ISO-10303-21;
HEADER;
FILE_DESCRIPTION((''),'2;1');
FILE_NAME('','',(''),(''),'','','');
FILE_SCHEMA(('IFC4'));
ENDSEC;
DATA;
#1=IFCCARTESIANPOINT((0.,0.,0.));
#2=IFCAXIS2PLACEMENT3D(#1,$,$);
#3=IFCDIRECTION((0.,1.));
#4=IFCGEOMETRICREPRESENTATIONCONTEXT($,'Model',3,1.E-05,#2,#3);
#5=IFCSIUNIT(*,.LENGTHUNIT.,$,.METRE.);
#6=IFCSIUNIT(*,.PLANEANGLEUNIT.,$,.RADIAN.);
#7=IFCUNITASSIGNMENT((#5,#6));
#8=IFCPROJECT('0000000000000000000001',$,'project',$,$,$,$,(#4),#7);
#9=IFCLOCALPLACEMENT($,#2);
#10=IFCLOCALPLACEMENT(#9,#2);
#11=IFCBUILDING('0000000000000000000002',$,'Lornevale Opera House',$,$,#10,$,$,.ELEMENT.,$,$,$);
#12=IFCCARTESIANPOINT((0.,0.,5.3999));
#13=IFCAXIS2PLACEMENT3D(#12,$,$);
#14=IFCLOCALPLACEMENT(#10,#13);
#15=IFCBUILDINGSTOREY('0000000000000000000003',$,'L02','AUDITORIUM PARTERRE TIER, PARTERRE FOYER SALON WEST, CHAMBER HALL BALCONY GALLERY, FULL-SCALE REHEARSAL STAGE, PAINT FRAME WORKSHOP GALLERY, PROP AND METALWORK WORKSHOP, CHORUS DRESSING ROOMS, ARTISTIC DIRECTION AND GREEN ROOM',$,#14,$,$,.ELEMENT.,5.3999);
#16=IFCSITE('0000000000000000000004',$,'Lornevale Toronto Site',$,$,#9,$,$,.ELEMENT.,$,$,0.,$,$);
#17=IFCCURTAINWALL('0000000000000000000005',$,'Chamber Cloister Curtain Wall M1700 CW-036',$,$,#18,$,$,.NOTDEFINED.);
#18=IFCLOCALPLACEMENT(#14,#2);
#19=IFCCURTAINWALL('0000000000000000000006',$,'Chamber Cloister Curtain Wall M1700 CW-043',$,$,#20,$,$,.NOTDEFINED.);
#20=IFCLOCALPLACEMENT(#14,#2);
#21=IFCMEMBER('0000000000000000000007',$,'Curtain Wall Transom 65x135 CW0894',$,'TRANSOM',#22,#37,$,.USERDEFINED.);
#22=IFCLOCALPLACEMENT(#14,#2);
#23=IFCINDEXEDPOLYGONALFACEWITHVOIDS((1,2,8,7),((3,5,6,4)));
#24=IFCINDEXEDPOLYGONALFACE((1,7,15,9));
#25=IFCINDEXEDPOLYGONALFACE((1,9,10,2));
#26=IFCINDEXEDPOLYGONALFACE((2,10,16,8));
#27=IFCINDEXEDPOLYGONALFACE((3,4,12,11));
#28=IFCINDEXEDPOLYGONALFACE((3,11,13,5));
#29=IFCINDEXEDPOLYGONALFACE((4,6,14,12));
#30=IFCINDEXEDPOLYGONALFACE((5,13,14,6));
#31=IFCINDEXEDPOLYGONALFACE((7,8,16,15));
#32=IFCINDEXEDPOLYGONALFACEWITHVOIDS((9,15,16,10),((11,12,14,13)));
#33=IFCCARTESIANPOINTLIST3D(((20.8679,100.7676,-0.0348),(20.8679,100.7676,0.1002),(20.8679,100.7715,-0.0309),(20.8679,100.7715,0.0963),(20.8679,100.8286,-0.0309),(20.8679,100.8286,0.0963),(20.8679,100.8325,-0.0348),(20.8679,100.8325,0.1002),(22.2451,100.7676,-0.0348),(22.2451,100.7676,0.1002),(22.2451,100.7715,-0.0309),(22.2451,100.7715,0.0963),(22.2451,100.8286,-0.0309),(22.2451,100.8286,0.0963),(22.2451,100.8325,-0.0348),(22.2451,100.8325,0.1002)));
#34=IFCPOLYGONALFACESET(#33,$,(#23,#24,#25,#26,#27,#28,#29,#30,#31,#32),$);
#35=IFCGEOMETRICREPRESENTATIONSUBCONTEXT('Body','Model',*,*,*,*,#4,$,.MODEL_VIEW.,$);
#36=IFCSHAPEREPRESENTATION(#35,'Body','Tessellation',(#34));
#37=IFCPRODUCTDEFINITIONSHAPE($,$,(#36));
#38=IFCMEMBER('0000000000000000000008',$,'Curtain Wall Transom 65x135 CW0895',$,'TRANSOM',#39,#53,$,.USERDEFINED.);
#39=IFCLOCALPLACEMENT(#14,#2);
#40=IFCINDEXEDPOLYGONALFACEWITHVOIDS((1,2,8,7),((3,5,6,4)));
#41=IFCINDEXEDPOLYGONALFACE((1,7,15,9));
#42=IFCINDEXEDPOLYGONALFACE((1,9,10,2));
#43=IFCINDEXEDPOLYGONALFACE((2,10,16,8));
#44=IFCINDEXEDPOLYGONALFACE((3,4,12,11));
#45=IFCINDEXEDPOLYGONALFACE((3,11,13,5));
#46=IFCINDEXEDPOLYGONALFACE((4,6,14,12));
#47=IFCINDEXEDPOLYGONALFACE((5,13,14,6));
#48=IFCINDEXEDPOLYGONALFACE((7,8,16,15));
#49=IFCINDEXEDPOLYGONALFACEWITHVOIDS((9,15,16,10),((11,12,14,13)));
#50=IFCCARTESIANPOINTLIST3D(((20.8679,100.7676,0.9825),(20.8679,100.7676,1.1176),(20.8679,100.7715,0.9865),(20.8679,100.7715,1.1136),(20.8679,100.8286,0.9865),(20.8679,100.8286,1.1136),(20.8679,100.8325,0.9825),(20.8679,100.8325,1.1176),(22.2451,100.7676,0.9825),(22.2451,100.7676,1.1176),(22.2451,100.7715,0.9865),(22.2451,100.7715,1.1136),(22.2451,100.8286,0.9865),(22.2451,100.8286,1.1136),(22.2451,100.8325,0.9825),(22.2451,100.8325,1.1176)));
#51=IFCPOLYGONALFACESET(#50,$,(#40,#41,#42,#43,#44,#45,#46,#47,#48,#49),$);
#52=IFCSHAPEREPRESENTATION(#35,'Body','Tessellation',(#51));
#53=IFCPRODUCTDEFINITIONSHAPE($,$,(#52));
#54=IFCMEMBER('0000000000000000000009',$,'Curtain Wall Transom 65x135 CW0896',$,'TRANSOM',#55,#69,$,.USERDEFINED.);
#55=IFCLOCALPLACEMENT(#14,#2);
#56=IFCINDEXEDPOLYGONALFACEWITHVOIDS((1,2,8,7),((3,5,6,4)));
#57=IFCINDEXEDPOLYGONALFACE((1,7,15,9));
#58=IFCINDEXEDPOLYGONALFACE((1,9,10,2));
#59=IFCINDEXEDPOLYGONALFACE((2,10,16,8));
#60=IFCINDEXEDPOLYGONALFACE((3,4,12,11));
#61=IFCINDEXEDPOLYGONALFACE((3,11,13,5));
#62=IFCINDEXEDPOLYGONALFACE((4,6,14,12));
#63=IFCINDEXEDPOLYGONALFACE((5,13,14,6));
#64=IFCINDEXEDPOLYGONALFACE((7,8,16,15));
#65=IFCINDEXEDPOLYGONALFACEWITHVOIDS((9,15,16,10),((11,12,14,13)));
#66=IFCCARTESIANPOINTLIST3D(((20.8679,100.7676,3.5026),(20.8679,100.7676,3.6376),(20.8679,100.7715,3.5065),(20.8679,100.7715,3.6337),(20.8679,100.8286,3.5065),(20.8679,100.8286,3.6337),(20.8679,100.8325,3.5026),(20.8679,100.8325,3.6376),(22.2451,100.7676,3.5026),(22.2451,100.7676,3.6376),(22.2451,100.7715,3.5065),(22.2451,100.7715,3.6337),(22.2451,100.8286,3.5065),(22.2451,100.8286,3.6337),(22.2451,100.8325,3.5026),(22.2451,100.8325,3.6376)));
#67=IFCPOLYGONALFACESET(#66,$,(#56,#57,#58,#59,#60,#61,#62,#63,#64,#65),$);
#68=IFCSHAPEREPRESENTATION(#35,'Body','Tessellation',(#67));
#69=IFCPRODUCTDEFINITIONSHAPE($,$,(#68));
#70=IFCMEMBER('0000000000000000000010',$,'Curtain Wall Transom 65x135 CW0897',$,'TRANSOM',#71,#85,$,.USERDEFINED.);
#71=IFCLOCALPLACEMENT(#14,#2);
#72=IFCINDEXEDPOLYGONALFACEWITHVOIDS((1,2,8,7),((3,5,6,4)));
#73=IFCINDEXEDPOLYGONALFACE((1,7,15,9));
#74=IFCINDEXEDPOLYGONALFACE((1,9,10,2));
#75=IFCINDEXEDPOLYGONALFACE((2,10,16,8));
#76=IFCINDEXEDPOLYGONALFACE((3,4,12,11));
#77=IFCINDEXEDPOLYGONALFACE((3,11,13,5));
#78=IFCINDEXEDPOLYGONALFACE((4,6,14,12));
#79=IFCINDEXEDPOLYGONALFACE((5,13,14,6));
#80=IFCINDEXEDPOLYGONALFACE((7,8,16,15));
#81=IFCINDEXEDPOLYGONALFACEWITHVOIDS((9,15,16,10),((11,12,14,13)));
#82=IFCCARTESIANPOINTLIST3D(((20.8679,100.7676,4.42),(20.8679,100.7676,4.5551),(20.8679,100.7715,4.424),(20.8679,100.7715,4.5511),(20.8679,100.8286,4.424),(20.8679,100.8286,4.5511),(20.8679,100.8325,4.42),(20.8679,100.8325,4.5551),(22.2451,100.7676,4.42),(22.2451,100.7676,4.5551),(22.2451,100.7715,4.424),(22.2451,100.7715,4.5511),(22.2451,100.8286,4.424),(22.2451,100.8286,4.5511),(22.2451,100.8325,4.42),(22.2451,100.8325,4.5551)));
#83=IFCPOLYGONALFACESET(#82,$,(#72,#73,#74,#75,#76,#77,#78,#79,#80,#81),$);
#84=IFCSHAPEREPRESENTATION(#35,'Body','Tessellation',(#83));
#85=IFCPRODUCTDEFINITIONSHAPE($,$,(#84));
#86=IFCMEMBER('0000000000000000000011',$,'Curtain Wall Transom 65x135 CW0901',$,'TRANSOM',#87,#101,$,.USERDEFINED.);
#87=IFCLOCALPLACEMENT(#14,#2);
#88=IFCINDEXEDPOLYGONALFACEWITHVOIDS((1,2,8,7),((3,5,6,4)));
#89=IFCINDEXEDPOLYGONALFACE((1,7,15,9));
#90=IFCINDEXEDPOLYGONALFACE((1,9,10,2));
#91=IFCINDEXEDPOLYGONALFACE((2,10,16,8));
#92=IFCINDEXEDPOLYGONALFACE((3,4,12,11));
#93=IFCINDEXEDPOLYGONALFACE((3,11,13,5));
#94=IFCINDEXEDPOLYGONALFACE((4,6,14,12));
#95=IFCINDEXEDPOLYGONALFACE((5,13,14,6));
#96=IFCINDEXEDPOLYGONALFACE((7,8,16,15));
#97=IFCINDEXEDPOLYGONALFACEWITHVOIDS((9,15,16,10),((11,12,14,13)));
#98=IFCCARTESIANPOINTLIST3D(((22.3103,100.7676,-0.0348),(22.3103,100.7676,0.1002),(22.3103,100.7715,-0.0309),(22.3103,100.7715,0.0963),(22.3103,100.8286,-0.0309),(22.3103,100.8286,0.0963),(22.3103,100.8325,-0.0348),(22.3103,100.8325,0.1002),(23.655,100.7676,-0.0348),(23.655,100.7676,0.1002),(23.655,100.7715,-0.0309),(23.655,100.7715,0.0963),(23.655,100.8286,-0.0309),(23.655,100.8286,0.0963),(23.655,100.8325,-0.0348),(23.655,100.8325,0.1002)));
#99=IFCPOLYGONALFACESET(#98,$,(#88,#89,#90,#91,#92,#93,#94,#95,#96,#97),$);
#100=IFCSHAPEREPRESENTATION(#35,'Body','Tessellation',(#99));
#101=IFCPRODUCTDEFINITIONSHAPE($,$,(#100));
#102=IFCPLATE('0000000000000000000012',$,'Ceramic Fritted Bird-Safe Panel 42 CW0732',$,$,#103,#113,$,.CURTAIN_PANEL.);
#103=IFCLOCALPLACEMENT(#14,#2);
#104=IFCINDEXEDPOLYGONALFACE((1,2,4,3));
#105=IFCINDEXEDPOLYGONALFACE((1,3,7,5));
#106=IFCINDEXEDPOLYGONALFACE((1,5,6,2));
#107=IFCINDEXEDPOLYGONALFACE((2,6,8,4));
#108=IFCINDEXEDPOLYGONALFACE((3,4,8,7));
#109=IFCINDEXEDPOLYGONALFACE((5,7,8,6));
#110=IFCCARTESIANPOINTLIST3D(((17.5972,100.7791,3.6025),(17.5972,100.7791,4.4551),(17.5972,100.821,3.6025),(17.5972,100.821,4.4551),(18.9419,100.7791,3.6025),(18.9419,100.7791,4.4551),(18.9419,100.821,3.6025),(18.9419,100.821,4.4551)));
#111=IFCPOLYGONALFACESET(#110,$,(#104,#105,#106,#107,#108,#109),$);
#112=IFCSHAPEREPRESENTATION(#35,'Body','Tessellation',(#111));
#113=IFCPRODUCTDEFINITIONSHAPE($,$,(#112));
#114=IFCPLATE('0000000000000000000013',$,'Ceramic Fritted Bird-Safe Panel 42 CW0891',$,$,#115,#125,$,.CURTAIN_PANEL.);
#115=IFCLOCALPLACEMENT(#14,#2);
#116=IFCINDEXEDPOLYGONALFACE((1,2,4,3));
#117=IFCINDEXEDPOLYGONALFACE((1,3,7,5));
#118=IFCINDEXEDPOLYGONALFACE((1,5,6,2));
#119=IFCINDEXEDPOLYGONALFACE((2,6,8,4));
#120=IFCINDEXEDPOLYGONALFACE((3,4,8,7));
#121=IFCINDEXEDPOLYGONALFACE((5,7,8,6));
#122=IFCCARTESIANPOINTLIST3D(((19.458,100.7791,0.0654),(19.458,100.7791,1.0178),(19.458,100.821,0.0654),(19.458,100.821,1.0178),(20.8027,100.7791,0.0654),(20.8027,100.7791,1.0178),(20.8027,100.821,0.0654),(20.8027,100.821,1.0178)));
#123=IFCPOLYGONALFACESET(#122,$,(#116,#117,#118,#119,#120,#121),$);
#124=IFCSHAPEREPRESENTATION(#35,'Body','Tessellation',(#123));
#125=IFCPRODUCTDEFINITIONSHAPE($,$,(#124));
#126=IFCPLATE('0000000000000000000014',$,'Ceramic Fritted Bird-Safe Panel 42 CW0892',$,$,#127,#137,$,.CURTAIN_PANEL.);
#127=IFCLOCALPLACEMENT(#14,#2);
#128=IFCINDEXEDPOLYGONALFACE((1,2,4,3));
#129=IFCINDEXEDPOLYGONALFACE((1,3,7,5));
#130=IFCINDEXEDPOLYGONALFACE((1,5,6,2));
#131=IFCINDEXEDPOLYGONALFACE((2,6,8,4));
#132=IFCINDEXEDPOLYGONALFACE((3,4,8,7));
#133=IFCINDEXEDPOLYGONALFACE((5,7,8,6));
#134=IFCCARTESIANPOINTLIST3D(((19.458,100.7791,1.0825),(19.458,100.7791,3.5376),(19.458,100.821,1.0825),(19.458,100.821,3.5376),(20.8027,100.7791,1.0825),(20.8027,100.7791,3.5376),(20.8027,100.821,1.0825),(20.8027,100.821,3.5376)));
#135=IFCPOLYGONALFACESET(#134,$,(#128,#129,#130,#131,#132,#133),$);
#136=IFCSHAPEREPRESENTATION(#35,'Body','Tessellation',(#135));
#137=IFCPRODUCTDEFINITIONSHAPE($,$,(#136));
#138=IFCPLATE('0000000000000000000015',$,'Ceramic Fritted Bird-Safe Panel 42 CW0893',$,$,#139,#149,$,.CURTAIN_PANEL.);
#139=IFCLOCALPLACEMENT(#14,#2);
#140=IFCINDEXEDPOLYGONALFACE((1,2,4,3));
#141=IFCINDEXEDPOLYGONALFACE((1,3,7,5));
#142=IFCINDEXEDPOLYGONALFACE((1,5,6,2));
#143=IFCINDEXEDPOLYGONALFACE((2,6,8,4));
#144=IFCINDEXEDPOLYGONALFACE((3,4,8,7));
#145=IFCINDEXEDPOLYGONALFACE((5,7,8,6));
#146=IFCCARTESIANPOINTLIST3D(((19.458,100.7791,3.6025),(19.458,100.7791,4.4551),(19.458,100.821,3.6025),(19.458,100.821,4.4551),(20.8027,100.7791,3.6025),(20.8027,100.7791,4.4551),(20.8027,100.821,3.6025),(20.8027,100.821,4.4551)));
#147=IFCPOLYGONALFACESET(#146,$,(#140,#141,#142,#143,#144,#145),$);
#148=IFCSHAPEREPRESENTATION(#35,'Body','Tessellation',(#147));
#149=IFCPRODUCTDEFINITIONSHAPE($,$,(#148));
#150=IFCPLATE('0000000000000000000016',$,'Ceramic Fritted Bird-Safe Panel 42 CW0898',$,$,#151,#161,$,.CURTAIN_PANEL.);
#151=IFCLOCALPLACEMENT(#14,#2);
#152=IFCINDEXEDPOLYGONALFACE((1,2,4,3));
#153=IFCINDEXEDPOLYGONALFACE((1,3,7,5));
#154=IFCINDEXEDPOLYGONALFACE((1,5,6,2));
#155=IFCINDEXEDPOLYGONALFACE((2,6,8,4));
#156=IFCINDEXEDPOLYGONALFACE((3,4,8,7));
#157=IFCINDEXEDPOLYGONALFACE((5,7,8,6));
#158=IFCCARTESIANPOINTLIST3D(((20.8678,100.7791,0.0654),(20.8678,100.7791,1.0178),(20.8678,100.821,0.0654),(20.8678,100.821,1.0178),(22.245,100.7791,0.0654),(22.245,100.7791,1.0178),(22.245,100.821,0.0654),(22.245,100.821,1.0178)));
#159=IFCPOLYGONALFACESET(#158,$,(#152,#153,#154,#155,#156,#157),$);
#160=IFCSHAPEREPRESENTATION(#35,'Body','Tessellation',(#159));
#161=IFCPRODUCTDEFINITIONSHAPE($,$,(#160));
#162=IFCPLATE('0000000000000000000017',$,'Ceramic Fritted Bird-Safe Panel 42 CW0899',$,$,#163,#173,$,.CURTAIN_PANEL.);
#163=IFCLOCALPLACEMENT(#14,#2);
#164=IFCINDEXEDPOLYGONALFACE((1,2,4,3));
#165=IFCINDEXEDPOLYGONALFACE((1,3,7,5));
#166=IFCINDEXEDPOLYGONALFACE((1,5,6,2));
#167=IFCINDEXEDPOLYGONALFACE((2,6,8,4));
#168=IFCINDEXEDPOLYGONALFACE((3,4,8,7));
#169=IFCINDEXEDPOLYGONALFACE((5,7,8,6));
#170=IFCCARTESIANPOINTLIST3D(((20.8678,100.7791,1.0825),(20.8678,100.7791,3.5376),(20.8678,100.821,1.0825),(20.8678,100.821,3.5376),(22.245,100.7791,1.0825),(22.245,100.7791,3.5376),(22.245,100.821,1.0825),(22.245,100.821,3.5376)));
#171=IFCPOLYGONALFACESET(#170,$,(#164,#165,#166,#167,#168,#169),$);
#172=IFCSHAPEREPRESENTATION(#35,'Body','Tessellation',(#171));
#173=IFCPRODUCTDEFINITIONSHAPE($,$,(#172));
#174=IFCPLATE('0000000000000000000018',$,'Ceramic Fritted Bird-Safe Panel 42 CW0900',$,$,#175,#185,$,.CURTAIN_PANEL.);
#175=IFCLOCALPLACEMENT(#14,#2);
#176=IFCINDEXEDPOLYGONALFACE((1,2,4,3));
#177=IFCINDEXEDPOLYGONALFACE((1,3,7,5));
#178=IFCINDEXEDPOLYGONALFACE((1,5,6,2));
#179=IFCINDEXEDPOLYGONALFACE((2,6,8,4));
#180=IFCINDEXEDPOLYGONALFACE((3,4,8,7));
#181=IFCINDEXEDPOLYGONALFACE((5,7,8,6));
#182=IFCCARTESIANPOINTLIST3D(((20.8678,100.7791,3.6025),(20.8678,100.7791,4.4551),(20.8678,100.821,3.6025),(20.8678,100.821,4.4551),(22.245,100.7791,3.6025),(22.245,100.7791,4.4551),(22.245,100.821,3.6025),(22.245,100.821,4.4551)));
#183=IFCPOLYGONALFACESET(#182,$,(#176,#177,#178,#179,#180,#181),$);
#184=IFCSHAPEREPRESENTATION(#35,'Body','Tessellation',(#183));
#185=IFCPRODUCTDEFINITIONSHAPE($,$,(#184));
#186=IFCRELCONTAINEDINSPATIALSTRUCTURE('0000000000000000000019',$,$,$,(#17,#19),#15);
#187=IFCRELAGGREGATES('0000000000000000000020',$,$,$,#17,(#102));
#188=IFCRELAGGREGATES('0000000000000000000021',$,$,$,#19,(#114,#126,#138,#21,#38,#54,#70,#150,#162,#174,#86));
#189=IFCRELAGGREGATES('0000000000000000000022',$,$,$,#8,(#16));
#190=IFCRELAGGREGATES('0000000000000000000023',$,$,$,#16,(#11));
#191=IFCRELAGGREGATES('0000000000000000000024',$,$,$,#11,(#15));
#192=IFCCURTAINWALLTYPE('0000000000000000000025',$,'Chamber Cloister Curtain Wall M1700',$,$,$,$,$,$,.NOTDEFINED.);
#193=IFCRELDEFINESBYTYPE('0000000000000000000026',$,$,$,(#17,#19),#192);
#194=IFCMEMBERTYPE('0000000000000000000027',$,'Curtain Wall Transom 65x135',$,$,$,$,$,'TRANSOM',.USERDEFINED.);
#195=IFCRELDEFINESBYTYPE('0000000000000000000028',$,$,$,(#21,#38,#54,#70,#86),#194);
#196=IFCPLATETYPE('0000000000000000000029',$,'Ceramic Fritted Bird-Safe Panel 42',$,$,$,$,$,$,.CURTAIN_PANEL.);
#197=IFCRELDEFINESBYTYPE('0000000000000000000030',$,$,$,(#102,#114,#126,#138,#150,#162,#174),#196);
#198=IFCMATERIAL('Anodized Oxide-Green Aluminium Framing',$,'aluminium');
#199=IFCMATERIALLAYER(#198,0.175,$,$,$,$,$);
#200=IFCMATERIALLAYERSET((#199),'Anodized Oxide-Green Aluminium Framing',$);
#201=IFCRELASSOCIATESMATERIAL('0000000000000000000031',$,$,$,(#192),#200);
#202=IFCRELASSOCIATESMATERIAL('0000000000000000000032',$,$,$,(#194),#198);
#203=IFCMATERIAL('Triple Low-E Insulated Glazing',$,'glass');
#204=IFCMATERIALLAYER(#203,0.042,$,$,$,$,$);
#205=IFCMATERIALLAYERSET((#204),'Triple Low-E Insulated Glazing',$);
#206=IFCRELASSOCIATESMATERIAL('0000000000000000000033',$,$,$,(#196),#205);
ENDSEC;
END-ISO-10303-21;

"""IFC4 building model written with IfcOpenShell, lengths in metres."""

from ifc_helpers import new_model, si_unit, direction, frame, origin, origin_2d, place, context, subcontext, project, spatial, rectangle, hollow_rectangle, extrude, material, layer, layer_set, material_profile, profile_set, type_object, element, aggregate, save


model = new_model("IFC4")

# Units and contexts
model_context = context("Model", 3, precision=1e-05, world=origin(), true_north=direction((0.0, 1.0)))
body_context = subcontext(model_context, "Body", "Model", "MODEL_VIEW")
ifc_project = project(units=[si_unit("LENGTHUNIT", "METRE"), si_unit("PLANEANGLEUNIT", "RADIAN")], contexts=[model_context])

# Site, building, storey
site_placement = place(None, origin())
site = spatial("IfcSite", under=ifc_project, at=site_placement, Name="Lornevale Toronto Site", CompositionType="ELEMENT", RefElevation=0.0)
building_placement = place(site_placement, origin())
building = spatial("IfcBuilding", under=site, at=building_placement, Name="Lornevale Opera House", CompositionType="ELEMENT")
storey_placement = place(building_placement, frame((0.0, 0.0, 5.3999)))
storey = spatial("IfcBuildingStorey", under=building, at=storey_placement, Name="L02", Description="AUDITORIUM PARTERRE TIER, PARTERRE FOYER SALON WEST, CHAMBER HALL BALCONY GALLERY, FULL-SCALE REHEARSAL STAGE, PAINT FRAME WORKSHOP GALLERY, PROP AND METALWORK WORKSHOP, CHORUS DRESSING ROOMS, ARTISTIC DIRECTION AND GREEN ROOM", CompositionType="ELEMENT", Elevation=5.3999)

# Curtain wall
ifc_material_1 = material(Name="Anodized Oxide-Green Aluminium Framing", Category="aluminium")
ifc_layer_1 = layer(ifc_material_1, 0.175)
ifc_layer_set_1 = layer_set([ifc_layer_1], Name="Anodized Oxide-Green Aluminium Framing")
curtain_wall_type = type_object("IfcCurtainWallType", Name="Chamber Cloister Curtain Wall M1700", PredefinedType="NOTDEFINED", material=ifc_layer_set_1)
curtain_wall_1_placement = place(storey_placement, origin())
curtain_wall_1 = element("IfcCurtainWall", 1, at=curtain_wall_1_placement, inside=storey, type_object=curtain_wall_type, Name="Chamber Cloister Curtain Wall M1700 CW-036", PredefinedType="NOTDEFINED")

# Curtain wall, members
curtain_wall_2_placement = place(storey_placement, origin())
curtain_wall_2 = element("IfcCurtainWall", 2, at=curtain_wall_2_placement, inside=storey, type_object=curtain_wall_type, Name="Chamber Cloister Curtain Wall M1700 CW-043", PredefinedType="NOTDEFINED")
ifc_material_profile_1 = material_profile(ifc_material_1, hollow_rectangle(XDim=0.0649, YDim=0.135, WallThickness=0.0039, at=origin_2d()), Name="ALU65x135x4")
ifc_profile_set_1 = profile_set([ifc_material_profile_1], Name="Anodized Oxide-Green Aluminium Framing")
member_type_1 = type_object("IfcMemberType", Name="Curtain Wall Transom 65x135", ElementType="TRANSOM", PredefinedType="USERDEFINED", material=ifc_profile_set_1)
member_1_placement = place(storey_placement, frame((20.8679, 100.8, 0.0327), z_axis=(1.0, 0.0, 0.0), x_axis=(0.0, 1.0, 0.0)))
member_1 = element("IfcMember", 3, at=member_1_placement, type_object=member_type_1, Name="Curtain Wall Transom 65x135 CW0894", ObjectType="TRANSOM", PredefinedType="USERDEFINED", context=body_context, shape_type="SweptSolid", body=[
    extrude(hollow_rectangle(XDim=0.0649, YDim=0.135, WallThickness=0.0039, at=origin_2d()), origin(), (0.0, 0.0, 1.0), 1.3772),
])
member_2_placement = place(storey_placement, frame((20.8679, 100.8, 1.05), z_axis=(1.0, 0.0, 0.0), x_axis=(0.0, 1.0, 0.0)))
member_2 = element("IfcMember", 4, at=member_2_placement, type_object=member_type_1, Name="Curtain Wall Transom 65x135 CW0895", ObjectType="TRANSOM", PredefinedType="USERDEFINED", context=body_context, shape_type="SweptSolid", body=[
    extrude(hollow_rectangle(XDim=0.0649, YDim=0.135, WallThickness=0.0039, at=origin_2d()), origin(), (0.0, 0.0, 1.0), 1.3772),
])
member_3_placement = place(storey_placement, frame((20.8679, 100.8, 3.5701), z_axis=(1.0, 0.0, 0.0), x_axis=(0.0, 1.0, 0.0)))
member_3 = element("IfcMember", 5, at=member_3_placement, type_object=member_type_1, Name="Curtain Wall Transom 65x135 CW0896", ObjectType="TRANSOM", PredefinedType="USERDEFINED", context=body_context, shape_type="SweptSolid", body=[
    extrude(hollow_rectangle(XDim=0.0649, YDim=0.135, WallThickness=0.0039, at=origin_2d()), origin(), (0.0, 0.0, 1.0), 1.3772),
])
member_4_placement = place(storey_placement, frame((20.8679, 100.8, 4.4875), z_axis=(1.0, 0.0, 0.0), x_axis=(0.0, 1.0, 0.0)))
member_4 = element("IfcMember", 6, at=member_4_placement, type_object=member_type_1, Name="Curtain Wall Transom 65x135 CW0897", ObjectType="TRANSOM", PredefinedType="USERDEFINED", context=body_context, shape_type="SweptSolid", body=[
    extrude(hollow_rectangle(XDim=0.0649, YDim=0.135, WallThickness=0.0039, at=origin_2d()), origin(), (0.0, 0.0, 1.0), 1.3772),
])
member_5_placement = place(storey_placement, frame((22.3103, 100.8, 0.0327), z_axis=(1.0, 0.0, 0.0), x_axis=(0.0, 1.0, 0.0)))
member_5 = element("IfcMember", 7, at=member_5_placement, type_object=member_type_1, Name="Curtain Wall Transom 65x135 CW0901", ObjectType="TRANSOM", PredefinedType="USERDEFINED", context=body_context, shape_type="SweptSolid", body=[
    extrude(hollow_rectangle(XDim=0.0649, YDim=0.135, WallThickness=0.0039, at=origin_2d()), origin(), (0.0, 0.0, 1.0), 1.3447),
])

# Plates
ifc_material_2 = material(Name="Triple Low-E Insulated Glazing", Category="glass")
ifc_layer_2 = layer(ifc_material_2, 0.042)
ifc_layer_set_2 = layer_set([ifc_layer_2], Name="Triple Low-E Insulated Glazing")
plate_type = type_object("IfcPlateType", Name="Ceramic Fritted Bird-Safe Panel 42", PredefinedType="CURTAIN_PANEL", material=ifc_layer_set_2)
plate_1_placement = place(storey_placement, frame((18.2695, 100.8, 3.6025), z_axis=(0.0, 0.0, 1.0), x_axis=(1.0, 0.0, 0.0)))
plate_1 = element("IfcPlate", 8, at=plate_1_placement, type_object=plate_type, Name="Ceramic Fritted Bird-Safe Panel 42 CW0732", PredefinedType="CURTAIN_PANEL", context=body_context, shape_type="SweptSolid", body=[
    extrude(rectangle(XDim=1.3447, YDim=0.042, at=origin_2d()), origin(), (0.0, 0.0, 1.0), 0.8525),
])
aggregate(curtain_wall_1, [plate_1])
plate_2_placement = place(storey_placement, frame((20.1304, 100.8, 0.0654), z_axis=(0.0, 0.0, 1.0), x_axis=(1.0, 0.0, 0.0)))
plate_2 = element("IfcPlate", 9, at=plate_2_placement, type_object=plate_type, Name="Ceramic Fritted Bird-Safe Panel 42 CW0891", PredefinedType="CURTAIN_PANEL", context=body_context, shape_type="SweptSolid", body=[
    extrude(rectangle(XDim=1.3447, YDim=0.042, at=origin_2d()), origin(), (0.0, 0.0, 1.0), 0.9524),
])
plate_3_placement = place(storey_placement, frame((20.1304, 100.8, 1.0825), z_axis=(0.0, 0.0, 1.0), x_axis=(1.0, 0.0, 0.0)))
plate_3 = element("IfcPlate", 10, at=plate_3_placement, type_object=plate_type, Name="Ceramic Fritted Bird-Safe Panel 42 CW0892", PredefinedType="CURTAIN_PANEL", context=body_context, shape_type="SweptSolid", body=[
    extrude(rectangle(XDim=1.3447, YDim=0.042, at=origin_2d()), origin(), (0.0, 0.0, 1.0), 2.4551),
])
plate_4_placement = place(storey_placement, frame((20.1304, 100.8, 3.6025), z_axis=(0.0, 0.0, 1.0), x_axis=(1.0, 0.0, 0.0)))
plate_4 = element("IfcPlate", 11, at=plate_4_placement, type_object=plate_type, Name="Ceramic Fritted Bird-Safe Panel 42 CW0893", PredefinedType="CURTAIN_PANEL", context=body_context, shape_type="SweptSolid", body=[
    extrude(rectangle(XDim=1.3447, YDim=0.042, at=origin_2d()), origin(), (0.0, 0.0, 1.0), 0.8525),
])
plate_5_placement = place(storey_placement, frame((21.5564, 100.8, 0.0654), z_axis=(0.0, 0.0, 1.0), x_axis=(1.0, 0.0, 0.0)))
plate_5 = element("IfcPlate", 12, at=plate_5_placement, type_object=plate_type, Name="Ceramic Fritted Bird-Safe Panel 42 CW0898", PredefinedType="CURTAIN_PANEL", context=body_context, shape_type="SweptSolid", body=[
    extrude(rectangle(XDim=1.3772, YDim=0.042, at=origin_2d()), origin(), (0.0, 0.0, 1.0), 0.9524),
])
plate_6_placement = place(storey_placement, frame((21.5564, 100.8, 1.0825), z_axis=(0.0, 0.0, 1.0), x_axis=(1.0, 0.0, 0.0)))
plate_6 = element("IfcPlate", 13, at=plate_6_placement, type_object=plate_type, Name="Ceramic Fritted Bird-Safe Panel 42 CW0899", PredefinedType="CURTAIN_PANEL", context=body_context, shape_type="SweptSolid", body=[
    extrude(rectangle(XDim=1.3772, YDim=0.042, at=origin_2d()), origin(), (0.0, 0.0, 1.0), 2.4551),
])
plate_7_placement = place(storey_placement, frame((21.5564, 100.8, 3.6025), z_axis=(0.0, 0.0, 1.0), x_axis=(1.0, 0.0, 0.0)))
plate_7 = element("IfcPlate", 14, at=plate_7_placement, type_object=plate_type, Name="Ceramic Fritted Bird-Safe Panel 42 CW0900", PredefinedType="CURTAIN_PANEL", context=body_context, shape_type="SweptSolid", body=[
    extrude(rectangle(XDim=1.3772, YDim=0.042, at=origin_2d()), origin(), (0.0, 0.0, 1.0), 0.8525),
])
aggregate(curtain_wall_2, [plate_2, plate_3, plate_4, member_1, member_2, member_3, member_4, plate_5, plate_6, plate_7, member_5])

save(model, "model.ifc")
